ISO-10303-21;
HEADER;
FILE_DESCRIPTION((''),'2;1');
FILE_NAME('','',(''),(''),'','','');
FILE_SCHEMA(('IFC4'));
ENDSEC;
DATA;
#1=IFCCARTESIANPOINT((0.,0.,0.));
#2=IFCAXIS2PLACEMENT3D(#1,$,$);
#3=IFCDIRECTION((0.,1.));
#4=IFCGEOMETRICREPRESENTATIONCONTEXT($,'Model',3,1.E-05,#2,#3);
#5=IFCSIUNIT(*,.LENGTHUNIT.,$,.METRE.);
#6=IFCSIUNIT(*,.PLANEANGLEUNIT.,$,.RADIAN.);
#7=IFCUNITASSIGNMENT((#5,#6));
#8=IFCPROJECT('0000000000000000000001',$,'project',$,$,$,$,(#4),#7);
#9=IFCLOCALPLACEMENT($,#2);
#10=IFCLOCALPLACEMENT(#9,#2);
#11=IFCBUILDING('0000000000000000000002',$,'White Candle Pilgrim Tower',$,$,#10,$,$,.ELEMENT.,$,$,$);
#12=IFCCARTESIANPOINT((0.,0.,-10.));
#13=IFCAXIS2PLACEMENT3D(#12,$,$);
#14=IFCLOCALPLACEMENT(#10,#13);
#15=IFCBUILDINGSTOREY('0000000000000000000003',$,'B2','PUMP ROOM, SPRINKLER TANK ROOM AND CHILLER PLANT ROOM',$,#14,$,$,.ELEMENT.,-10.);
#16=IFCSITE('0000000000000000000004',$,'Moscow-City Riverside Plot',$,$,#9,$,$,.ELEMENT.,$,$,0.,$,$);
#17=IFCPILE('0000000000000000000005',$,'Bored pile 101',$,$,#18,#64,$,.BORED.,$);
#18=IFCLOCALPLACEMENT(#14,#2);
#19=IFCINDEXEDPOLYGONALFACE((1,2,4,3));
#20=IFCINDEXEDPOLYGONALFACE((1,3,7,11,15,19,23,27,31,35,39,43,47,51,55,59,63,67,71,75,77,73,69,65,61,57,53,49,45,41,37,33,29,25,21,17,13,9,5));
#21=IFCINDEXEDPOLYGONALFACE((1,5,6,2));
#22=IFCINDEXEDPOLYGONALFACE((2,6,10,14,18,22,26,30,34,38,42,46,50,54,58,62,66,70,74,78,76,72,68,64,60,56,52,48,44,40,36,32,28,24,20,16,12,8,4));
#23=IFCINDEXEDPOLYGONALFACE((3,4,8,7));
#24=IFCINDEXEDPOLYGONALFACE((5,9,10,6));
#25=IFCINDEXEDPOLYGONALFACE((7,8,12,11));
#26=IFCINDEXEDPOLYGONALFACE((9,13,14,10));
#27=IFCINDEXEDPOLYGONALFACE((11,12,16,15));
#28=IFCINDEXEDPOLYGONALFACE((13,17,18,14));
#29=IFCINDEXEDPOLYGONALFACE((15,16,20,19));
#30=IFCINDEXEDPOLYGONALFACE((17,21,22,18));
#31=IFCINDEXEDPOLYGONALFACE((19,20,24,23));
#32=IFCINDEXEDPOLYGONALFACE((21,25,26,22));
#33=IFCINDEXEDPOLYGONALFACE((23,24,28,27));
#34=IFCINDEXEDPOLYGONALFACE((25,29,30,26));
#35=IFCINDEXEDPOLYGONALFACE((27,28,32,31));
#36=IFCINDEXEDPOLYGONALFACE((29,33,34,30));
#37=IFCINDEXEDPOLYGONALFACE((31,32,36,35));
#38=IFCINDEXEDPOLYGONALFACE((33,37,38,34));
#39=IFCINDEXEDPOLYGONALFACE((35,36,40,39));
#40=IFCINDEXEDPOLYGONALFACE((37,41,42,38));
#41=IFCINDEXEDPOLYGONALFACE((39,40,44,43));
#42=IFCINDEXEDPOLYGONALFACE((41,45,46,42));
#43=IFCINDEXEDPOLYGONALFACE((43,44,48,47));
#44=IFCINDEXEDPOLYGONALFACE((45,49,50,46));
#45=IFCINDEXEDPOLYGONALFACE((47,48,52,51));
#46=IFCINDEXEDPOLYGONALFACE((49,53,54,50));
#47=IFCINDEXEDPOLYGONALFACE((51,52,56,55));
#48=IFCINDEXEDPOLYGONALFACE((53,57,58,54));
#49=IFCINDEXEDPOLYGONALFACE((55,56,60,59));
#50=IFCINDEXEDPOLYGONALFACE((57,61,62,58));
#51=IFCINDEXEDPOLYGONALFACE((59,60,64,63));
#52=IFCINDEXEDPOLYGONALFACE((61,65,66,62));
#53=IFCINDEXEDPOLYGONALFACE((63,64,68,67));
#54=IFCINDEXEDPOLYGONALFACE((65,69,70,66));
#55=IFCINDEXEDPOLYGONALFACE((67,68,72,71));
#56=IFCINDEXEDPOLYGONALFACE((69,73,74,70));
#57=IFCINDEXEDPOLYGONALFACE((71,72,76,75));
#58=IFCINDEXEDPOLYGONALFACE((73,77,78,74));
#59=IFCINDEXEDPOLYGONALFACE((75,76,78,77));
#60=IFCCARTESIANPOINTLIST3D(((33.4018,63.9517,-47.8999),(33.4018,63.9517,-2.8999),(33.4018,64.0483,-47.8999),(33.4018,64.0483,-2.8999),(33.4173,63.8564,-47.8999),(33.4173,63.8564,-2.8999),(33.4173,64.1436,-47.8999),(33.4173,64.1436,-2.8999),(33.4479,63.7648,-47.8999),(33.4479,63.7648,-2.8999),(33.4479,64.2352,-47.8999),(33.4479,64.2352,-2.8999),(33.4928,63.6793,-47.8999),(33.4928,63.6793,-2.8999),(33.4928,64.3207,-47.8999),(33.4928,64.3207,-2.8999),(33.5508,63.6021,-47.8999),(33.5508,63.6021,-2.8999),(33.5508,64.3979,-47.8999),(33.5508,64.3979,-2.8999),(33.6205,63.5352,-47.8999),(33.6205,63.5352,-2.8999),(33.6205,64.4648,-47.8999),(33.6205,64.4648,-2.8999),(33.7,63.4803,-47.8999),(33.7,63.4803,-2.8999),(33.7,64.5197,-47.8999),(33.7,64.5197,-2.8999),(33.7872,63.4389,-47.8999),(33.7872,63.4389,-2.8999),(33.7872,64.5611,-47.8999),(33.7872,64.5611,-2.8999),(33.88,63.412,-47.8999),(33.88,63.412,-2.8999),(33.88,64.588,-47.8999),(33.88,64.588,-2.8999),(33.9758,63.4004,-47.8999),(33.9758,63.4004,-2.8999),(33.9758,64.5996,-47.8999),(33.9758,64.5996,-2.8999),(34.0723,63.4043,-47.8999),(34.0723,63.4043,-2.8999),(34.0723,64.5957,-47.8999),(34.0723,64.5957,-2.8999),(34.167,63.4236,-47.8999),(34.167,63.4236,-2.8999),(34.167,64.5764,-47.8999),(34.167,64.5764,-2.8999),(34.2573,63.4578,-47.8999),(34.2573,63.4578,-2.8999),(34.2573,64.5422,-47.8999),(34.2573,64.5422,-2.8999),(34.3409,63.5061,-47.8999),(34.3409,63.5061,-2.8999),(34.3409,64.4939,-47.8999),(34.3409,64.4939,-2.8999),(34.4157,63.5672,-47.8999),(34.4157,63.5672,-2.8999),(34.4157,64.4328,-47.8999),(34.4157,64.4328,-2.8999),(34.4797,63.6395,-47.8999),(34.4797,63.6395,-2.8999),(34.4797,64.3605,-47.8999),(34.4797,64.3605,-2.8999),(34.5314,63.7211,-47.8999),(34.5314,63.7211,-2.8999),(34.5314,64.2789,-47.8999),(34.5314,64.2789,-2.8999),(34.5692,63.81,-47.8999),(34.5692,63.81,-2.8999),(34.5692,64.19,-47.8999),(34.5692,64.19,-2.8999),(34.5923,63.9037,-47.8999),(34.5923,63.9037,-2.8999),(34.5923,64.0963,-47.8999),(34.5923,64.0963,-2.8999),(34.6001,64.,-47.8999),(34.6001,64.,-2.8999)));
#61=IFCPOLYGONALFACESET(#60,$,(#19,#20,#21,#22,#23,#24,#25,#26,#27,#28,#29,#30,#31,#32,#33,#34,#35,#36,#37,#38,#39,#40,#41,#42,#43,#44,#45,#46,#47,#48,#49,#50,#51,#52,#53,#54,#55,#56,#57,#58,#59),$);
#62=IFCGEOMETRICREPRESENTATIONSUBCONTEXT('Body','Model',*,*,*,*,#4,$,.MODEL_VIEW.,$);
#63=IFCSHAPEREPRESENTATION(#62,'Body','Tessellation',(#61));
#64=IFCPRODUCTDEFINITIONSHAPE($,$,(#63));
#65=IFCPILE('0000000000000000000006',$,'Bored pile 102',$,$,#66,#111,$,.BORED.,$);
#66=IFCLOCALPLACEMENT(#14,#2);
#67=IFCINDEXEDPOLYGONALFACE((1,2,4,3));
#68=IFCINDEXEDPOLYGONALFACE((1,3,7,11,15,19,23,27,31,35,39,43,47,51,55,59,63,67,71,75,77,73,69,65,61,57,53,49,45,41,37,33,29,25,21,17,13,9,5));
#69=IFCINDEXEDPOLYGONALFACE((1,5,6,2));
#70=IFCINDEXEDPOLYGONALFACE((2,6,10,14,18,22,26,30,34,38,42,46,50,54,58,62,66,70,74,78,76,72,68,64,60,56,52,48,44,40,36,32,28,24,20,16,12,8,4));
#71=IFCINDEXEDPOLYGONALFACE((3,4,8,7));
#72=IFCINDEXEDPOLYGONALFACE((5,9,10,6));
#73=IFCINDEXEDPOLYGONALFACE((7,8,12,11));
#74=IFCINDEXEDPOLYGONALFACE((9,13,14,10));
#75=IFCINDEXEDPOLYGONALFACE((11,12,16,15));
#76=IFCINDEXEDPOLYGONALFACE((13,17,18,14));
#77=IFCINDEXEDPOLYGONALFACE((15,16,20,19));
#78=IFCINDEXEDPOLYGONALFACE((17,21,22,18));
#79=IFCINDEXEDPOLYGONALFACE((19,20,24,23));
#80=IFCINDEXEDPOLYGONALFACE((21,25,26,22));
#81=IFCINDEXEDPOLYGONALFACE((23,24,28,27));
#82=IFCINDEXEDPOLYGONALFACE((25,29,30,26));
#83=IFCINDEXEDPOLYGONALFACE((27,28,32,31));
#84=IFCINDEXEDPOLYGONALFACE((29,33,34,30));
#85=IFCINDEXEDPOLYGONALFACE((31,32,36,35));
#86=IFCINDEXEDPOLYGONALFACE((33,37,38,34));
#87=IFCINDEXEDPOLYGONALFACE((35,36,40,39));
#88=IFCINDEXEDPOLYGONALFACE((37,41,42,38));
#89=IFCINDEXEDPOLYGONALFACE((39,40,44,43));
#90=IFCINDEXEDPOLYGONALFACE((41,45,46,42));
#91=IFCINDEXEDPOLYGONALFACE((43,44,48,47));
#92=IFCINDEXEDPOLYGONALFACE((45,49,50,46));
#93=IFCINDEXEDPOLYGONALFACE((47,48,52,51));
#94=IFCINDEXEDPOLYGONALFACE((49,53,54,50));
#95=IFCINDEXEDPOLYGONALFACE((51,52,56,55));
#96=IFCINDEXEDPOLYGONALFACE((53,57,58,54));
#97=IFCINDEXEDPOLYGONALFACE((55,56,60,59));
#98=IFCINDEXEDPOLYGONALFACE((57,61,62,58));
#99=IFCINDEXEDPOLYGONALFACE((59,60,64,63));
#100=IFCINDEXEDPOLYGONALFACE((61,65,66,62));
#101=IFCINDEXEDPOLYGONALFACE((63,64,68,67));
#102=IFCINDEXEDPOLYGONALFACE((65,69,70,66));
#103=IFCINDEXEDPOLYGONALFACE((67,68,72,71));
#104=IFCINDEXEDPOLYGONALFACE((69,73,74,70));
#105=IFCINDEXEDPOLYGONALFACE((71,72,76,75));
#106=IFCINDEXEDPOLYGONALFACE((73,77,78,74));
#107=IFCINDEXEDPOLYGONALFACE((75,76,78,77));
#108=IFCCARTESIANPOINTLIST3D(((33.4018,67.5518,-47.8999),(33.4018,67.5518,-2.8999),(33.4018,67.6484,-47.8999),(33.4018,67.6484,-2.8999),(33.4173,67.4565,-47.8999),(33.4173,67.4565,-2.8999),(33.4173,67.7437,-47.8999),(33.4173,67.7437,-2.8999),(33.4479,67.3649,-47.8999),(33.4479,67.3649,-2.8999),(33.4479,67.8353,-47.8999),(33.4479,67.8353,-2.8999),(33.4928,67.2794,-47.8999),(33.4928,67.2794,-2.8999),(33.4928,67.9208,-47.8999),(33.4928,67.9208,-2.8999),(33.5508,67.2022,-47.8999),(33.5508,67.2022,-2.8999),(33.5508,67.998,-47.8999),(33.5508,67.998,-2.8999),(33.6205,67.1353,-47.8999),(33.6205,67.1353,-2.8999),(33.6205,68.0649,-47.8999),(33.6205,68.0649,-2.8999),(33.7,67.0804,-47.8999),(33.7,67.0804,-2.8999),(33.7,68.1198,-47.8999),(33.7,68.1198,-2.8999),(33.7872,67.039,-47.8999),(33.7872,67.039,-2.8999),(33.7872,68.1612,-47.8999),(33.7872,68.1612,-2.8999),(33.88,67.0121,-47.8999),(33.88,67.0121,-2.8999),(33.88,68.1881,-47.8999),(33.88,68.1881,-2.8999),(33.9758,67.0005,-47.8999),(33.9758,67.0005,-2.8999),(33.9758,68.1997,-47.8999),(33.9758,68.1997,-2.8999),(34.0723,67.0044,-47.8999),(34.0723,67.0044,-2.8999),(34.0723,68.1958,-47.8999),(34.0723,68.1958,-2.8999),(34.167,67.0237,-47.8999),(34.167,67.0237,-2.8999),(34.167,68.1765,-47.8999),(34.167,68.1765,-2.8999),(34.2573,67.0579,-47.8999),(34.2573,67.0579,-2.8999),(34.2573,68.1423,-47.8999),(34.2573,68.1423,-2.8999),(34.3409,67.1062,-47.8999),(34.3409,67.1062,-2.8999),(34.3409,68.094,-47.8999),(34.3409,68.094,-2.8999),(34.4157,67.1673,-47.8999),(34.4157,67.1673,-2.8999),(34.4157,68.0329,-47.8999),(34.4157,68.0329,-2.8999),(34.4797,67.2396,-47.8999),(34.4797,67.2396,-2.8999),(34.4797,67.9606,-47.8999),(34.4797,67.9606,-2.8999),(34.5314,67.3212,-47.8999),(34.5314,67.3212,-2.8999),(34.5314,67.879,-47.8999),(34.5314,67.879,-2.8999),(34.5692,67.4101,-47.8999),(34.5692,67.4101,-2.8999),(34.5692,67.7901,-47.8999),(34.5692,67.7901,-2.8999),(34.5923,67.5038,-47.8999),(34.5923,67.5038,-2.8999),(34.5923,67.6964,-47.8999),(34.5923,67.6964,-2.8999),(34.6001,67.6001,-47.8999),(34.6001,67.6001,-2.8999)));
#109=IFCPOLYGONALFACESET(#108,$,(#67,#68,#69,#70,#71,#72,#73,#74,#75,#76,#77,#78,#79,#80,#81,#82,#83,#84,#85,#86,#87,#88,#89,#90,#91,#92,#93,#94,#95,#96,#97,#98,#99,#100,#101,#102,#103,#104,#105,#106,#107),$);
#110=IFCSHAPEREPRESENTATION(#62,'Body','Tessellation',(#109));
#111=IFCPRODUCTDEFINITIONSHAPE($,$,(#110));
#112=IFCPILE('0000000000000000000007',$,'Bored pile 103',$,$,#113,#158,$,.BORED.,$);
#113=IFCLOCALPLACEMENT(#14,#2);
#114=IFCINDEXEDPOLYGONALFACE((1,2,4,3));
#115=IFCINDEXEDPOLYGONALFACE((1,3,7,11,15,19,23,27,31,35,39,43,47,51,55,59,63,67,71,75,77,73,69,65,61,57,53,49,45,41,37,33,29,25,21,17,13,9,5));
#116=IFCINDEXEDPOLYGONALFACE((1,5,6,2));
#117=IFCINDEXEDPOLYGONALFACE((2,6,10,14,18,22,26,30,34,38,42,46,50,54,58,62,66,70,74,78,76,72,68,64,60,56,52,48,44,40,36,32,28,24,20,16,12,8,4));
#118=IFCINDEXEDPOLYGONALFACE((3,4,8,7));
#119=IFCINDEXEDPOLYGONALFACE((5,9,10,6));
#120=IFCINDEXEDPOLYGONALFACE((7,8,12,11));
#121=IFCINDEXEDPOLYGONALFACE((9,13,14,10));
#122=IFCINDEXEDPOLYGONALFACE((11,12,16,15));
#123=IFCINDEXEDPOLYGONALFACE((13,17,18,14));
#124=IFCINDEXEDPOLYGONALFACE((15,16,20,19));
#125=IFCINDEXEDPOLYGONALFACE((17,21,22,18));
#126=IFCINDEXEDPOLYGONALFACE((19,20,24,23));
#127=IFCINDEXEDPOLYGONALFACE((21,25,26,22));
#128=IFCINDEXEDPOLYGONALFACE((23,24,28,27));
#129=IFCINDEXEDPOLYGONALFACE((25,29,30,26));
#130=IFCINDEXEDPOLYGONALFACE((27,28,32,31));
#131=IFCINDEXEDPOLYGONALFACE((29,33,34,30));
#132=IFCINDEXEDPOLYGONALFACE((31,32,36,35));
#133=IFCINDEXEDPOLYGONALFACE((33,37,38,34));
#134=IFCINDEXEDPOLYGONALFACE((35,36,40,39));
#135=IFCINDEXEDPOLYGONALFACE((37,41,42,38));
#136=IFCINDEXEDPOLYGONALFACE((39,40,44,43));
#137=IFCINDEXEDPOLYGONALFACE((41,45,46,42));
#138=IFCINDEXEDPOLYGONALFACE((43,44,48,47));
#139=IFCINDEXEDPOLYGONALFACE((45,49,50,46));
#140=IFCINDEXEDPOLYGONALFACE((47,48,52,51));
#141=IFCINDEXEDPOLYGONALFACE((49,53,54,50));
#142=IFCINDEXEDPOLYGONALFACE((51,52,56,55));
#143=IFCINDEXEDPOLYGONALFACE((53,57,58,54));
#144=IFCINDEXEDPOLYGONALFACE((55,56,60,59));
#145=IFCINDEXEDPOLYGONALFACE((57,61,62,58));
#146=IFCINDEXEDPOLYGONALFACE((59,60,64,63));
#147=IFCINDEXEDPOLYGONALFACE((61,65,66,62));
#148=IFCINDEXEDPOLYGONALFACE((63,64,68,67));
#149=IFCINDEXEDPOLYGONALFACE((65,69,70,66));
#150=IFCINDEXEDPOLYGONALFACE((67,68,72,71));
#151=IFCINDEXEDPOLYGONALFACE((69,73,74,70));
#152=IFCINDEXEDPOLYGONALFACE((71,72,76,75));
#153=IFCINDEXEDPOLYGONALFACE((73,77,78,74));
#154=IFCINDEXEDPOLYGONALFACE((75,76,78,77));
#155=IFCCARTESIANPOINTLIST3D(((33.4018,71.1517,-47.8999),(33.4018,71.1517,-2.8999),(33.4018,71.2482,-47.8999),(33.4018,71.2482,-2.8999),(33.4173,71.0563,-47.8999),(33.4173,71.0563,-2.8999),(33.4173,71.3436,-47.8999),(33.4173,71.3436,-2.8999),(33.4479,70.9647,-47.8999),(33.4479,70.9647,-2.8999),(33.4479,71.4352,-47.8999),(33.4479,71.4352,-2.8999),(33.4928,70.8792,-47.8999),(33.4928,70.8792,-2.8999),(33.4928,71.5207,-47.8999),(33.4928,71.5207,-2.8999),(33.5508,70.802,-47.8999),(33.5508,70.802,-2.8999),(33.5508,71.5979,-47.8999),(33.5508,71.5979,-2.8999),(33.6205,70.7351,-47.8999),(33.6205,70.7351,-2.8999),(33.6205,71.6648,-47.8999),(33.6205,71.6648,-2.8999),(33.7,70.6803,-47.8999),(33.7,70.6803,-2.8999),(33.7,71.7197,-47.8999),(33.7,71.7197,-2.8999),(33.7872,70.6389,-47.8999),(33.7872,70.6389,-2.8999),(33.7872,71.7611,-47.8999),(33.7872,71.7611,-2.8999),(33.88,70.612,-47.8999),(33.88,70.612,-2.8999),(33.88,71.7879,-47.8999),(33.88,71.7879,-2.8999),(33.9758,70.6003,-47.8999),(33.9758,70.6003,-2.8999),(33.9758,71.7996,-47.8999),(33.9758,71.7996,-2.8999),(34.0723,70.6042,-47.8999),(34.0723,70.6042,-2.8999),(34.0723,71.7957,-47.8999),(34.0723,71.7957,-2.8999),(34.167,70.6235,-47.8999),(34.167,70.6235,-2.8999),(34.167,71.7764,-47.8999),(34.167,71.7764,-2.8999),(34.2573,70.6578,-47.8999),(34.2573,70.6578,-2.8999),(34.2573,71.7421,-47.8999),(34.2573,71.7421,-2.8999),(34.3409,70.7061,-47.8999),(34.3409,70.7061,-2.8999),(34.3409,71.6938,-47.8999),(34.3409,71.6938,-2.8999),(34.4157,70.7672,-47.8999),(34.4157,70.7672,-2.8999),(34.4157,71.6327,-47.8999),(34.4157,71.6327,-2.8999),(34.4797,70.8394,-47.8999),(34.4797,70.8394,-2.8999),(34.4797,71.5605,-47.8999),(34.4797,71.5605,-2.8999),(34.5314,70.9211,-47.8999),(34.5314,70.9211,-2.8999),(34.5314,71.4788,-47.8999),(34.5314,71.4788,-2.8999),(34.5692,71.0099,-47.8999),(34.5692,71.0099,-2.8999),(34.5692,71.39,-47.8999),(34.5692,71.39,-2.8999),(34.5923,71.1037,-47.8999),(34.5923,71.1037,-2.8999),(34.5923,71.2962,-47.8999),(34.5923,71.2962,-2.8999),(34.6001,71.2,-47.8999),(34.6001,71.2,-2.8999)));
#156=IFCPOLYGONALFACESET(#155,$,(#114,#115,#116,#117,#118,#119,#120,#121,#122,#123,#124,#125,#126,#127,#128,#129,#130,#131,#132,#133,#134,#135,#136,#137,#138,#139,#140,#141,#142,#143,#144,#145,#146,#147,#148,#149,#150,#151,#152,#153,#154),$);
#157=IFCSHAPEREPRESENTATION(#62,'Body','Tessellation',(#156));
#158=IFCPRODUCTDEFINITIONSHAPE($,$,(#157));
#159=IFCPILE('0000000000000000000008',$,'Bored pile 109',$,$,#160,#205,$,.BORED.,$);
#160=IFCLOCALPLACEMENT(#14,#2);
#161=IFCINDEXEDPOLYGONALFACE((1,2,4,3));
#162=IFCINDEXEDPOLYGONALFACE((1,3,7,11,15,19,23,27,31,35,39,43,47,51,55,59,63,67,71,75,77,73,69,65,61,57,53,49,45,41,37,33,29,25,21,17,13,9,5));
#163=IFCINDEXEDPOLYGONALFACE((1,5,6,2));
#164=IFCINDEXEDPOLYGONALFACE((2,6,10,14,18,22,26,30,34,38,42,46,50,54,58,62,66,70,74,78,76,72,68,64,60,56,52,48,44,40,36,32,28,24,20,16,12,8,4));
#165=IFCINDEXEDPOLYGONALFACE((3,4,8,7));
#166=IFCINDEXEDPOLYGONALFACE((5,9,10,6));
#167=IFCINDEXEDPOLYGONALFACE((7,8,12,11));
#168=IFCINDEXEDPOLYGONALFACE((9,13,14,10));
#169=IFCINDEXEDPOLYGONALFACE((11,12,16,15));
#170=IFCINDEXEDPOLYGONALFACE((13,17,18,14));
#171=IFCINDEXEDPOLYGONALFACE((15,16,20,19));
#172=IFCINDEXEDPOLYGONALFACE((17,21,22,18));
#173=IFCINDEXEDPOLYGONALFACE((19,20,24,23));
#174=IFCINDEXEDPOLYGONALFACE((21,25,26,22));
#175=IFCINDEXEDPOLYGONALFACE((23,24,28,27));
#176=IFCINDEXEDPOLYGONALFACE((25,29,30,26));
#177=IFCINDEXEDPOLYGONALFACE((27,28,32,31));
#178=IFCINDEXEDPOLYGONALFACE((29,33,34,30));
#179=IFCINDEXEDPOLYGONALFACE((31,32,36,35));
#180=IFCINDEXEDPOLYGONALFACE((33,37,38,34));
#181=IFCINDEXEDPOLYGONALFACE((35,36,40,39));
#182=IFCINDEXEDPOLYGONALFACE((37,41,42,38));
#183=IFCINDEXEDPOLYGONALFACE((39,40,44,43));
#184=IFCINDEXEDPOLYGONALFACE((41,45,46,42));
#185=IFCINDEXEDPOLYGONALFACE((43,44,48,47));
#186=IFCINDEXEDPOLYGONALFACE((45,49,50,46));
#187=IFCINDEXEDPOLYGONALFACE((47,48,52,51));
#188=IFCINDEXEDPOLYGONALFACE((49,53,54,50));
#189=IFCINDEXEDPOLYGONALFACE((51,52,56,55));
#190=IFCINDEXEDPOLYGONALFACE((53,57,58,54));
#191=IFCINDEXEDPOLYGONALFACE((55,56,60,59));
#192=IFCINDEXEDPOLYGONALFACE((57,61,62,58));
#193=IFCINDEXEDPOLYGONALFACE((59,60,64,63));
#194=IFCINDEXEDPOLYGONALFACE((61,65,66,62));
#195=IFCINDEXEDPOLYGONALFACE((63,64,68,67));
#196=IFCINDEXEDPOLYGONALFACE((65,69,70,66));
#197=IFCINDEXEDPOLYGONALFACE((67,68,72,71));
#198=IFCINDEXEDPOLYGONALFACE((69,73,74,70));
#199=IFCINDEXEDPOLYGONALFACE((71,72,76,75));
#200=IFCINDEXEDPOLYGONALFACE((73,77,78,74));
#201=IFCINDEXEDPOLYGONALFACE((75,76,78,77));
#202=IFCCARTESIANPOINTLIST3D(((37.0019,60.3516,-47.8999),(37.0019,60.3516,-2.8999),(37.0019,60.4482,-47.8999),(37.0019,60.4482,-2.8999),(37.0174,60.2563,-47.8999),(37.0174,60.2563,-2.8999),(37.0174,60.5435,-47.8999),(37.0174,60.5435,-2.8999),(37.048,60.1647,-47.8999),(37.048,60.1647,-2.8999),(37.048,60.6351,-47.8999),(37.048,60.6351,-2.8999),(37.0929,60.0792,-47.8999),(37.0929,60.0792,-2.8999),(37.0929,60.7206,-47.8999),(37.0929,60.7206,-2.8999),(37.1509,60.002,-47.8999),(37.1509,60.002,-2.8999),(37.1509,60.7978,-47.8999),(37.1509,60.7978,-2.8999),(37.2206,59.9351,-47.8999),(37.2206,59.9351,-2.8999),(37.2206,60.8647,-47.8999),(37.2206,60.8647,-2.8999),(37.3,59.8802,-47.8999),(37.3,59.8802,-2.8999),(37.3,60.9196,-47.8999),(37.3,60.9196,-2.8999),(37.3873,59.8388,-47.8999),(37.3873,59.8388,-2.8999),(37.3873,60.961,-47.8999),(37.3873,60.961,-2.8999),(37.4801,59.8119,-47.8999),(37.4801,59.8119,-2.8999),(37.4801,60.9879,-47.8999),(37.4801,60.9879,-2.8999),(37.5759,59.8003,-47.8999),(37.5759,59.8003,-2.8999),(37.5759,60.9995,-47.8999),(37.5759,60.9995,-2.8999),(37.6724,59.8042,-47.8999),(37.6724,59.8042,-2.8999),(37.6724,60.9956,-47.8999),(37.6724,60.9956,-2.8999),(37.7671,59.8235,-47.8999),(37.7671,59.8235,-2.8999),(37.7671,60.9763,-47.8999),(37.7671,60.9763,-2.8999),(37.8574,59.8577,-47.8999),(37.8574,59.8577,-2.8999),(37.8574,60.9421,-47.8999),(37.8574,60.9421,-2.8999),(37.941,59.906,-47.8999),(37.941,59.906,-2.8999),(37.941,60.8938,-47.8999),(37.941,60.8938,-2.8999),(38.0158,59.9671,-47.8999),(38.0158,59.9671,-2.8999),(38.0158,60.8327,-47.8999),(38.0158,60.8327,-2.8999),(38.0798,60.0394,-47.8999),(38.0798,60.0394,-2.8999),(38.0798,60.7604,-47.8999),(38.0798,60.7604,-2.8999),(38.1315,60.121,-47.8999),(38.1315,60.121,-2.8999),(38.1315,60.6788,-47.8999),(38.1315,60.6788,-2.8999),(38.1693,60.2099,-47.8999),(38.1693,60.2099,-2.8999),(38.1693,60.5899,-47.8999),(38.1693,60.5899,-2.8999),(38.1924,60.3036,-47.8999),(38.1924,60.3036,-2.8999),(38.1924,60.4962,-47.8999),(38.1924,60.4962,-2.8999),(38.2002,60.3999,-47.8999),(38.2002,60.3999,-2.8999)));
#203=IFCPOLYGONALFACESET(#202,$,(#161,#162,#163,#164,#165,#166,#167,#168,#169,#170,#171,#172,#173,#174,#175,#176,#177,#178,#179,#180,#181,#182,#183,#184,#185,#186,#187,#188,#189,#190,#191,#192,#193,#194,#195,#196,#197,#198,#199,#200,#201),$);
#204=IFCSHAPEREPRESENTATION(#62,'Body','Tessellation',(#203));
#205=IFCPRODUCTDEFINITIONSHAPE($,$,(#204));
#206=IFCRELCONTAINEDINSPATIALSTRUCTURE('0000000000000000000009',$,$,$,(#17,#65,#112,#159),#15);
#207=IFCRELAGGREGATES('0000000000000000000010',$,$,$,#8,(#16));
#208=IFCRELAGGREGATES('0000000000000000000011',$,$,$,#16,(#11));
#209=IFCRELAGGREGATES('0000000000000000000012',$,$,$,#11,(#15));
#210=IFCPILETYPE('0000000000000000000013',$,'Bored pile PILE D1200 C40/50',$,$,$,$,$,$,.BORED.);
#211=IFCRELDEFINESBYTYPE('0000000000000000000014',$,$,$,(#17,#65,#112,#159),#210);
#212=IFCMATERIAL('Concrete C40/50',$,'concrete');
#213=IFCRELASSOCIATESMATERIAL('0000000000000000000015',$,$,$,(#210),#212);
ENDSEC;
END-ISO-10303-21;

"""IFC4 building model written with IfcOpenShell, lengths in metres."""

from ifc_helpers import new_model, si_unit, direction, frame, origin, origin_2d, place, context, subcontext, project, spatial, circle, extrude, material, material_profile, profile_set, type_object, element, save


model = new_model("IFC4")

# Units and contexts
model_context = context("Model", 3, precision=1e-05, world=origin(), true_north=direction((0.0, 1.0)))
body_context = subcontext(model_context, "Body", "Model", "MODEL_VIEW")
ifc_project = project(units=[si_unit("LENGTHUNIT", "METRE"), si_unit("PLANEANGLEUNIT", "RADIAN")], contexts=[model_context])

# Site, building, storey
site_placement = place(None, origin())
site = spatial("IfcSite", under=ifc_project, at=site_placement, Name="Moscow-City Riverside Plot", CompositionType="ELEMENT", RefElevation=0.0)
building_placement = place(site_placement, origin())
building = spatial("IfcBuilding", under=site, at=building_placement, Name="White Candle Pilgrim Tower", CompositionType="ELEMENT")
storey_placement = place(building_placement, frame((0.0, 0.0, -10.0)))
storey = spatial("IfcBuildingStorey", under=building, at=storey_placement, Name="B2", Description="PUMP ROOM, SPRINKLER TANK ROOM AND CHILLER PLANT ROOM", CompositionType="ELEMENT", Elevation=-10.0)

# Piles
ifc_material_1 = material(Name="Concrete C40/50", Category="concrete")
ifc_material_profile_1 = material_profile(ifc_material_1, circle(Radius=0.6001, at=origin_2d()), Name="PILE D1200")
ifc_profile_set_1 = profile_set([ifc_material_profile_1], Name="Concrete C40/50")
pile_type = type_object("IfcPileType", Name="Bored pile PILE D1200 C40/50", PredefinedType="BORED", material=ifc_profile_set_1)
for number, where, z_axis, x_axis, name in (
    (1, (34.0, 64.0, -2.8999), (0.0, 0.0, -1.0), (1.0, 0.0, 0.0), "Bored pile 101"),
    (2, (34.0, 67.6001, -2.8999), (0.0, 0.0, -1.0), (1.0, 0.0, 0.0), "Bored pile 102"),
    (3, (34.0, 71.2, -2.8999), (0.0, 0.0, -1.0), (1.0, 0.0, 0.0), "Bored pile 103"),
    (4, (37.6001, 60.3999, -2.8999), (0.0, 0.0, -1.0), (1.0, 0.0, 0.0), "Bored pile 109"),
):
    element("IfcPile", number, at=place(storey_placement, frame(where, z_axis=z_axis, x_axis=x_axis)), inside=storey, type_object=pile_type, Name=name, PredefinedType="BORED", context=body_context, shape_type="SweptSolid", body=[
        extrude(circle(Radius=0.6001, at=origin_2d()), origin(), (0.0, 0.0, 1.0), 45.0),
    ])

save(model, "model.ifc")
